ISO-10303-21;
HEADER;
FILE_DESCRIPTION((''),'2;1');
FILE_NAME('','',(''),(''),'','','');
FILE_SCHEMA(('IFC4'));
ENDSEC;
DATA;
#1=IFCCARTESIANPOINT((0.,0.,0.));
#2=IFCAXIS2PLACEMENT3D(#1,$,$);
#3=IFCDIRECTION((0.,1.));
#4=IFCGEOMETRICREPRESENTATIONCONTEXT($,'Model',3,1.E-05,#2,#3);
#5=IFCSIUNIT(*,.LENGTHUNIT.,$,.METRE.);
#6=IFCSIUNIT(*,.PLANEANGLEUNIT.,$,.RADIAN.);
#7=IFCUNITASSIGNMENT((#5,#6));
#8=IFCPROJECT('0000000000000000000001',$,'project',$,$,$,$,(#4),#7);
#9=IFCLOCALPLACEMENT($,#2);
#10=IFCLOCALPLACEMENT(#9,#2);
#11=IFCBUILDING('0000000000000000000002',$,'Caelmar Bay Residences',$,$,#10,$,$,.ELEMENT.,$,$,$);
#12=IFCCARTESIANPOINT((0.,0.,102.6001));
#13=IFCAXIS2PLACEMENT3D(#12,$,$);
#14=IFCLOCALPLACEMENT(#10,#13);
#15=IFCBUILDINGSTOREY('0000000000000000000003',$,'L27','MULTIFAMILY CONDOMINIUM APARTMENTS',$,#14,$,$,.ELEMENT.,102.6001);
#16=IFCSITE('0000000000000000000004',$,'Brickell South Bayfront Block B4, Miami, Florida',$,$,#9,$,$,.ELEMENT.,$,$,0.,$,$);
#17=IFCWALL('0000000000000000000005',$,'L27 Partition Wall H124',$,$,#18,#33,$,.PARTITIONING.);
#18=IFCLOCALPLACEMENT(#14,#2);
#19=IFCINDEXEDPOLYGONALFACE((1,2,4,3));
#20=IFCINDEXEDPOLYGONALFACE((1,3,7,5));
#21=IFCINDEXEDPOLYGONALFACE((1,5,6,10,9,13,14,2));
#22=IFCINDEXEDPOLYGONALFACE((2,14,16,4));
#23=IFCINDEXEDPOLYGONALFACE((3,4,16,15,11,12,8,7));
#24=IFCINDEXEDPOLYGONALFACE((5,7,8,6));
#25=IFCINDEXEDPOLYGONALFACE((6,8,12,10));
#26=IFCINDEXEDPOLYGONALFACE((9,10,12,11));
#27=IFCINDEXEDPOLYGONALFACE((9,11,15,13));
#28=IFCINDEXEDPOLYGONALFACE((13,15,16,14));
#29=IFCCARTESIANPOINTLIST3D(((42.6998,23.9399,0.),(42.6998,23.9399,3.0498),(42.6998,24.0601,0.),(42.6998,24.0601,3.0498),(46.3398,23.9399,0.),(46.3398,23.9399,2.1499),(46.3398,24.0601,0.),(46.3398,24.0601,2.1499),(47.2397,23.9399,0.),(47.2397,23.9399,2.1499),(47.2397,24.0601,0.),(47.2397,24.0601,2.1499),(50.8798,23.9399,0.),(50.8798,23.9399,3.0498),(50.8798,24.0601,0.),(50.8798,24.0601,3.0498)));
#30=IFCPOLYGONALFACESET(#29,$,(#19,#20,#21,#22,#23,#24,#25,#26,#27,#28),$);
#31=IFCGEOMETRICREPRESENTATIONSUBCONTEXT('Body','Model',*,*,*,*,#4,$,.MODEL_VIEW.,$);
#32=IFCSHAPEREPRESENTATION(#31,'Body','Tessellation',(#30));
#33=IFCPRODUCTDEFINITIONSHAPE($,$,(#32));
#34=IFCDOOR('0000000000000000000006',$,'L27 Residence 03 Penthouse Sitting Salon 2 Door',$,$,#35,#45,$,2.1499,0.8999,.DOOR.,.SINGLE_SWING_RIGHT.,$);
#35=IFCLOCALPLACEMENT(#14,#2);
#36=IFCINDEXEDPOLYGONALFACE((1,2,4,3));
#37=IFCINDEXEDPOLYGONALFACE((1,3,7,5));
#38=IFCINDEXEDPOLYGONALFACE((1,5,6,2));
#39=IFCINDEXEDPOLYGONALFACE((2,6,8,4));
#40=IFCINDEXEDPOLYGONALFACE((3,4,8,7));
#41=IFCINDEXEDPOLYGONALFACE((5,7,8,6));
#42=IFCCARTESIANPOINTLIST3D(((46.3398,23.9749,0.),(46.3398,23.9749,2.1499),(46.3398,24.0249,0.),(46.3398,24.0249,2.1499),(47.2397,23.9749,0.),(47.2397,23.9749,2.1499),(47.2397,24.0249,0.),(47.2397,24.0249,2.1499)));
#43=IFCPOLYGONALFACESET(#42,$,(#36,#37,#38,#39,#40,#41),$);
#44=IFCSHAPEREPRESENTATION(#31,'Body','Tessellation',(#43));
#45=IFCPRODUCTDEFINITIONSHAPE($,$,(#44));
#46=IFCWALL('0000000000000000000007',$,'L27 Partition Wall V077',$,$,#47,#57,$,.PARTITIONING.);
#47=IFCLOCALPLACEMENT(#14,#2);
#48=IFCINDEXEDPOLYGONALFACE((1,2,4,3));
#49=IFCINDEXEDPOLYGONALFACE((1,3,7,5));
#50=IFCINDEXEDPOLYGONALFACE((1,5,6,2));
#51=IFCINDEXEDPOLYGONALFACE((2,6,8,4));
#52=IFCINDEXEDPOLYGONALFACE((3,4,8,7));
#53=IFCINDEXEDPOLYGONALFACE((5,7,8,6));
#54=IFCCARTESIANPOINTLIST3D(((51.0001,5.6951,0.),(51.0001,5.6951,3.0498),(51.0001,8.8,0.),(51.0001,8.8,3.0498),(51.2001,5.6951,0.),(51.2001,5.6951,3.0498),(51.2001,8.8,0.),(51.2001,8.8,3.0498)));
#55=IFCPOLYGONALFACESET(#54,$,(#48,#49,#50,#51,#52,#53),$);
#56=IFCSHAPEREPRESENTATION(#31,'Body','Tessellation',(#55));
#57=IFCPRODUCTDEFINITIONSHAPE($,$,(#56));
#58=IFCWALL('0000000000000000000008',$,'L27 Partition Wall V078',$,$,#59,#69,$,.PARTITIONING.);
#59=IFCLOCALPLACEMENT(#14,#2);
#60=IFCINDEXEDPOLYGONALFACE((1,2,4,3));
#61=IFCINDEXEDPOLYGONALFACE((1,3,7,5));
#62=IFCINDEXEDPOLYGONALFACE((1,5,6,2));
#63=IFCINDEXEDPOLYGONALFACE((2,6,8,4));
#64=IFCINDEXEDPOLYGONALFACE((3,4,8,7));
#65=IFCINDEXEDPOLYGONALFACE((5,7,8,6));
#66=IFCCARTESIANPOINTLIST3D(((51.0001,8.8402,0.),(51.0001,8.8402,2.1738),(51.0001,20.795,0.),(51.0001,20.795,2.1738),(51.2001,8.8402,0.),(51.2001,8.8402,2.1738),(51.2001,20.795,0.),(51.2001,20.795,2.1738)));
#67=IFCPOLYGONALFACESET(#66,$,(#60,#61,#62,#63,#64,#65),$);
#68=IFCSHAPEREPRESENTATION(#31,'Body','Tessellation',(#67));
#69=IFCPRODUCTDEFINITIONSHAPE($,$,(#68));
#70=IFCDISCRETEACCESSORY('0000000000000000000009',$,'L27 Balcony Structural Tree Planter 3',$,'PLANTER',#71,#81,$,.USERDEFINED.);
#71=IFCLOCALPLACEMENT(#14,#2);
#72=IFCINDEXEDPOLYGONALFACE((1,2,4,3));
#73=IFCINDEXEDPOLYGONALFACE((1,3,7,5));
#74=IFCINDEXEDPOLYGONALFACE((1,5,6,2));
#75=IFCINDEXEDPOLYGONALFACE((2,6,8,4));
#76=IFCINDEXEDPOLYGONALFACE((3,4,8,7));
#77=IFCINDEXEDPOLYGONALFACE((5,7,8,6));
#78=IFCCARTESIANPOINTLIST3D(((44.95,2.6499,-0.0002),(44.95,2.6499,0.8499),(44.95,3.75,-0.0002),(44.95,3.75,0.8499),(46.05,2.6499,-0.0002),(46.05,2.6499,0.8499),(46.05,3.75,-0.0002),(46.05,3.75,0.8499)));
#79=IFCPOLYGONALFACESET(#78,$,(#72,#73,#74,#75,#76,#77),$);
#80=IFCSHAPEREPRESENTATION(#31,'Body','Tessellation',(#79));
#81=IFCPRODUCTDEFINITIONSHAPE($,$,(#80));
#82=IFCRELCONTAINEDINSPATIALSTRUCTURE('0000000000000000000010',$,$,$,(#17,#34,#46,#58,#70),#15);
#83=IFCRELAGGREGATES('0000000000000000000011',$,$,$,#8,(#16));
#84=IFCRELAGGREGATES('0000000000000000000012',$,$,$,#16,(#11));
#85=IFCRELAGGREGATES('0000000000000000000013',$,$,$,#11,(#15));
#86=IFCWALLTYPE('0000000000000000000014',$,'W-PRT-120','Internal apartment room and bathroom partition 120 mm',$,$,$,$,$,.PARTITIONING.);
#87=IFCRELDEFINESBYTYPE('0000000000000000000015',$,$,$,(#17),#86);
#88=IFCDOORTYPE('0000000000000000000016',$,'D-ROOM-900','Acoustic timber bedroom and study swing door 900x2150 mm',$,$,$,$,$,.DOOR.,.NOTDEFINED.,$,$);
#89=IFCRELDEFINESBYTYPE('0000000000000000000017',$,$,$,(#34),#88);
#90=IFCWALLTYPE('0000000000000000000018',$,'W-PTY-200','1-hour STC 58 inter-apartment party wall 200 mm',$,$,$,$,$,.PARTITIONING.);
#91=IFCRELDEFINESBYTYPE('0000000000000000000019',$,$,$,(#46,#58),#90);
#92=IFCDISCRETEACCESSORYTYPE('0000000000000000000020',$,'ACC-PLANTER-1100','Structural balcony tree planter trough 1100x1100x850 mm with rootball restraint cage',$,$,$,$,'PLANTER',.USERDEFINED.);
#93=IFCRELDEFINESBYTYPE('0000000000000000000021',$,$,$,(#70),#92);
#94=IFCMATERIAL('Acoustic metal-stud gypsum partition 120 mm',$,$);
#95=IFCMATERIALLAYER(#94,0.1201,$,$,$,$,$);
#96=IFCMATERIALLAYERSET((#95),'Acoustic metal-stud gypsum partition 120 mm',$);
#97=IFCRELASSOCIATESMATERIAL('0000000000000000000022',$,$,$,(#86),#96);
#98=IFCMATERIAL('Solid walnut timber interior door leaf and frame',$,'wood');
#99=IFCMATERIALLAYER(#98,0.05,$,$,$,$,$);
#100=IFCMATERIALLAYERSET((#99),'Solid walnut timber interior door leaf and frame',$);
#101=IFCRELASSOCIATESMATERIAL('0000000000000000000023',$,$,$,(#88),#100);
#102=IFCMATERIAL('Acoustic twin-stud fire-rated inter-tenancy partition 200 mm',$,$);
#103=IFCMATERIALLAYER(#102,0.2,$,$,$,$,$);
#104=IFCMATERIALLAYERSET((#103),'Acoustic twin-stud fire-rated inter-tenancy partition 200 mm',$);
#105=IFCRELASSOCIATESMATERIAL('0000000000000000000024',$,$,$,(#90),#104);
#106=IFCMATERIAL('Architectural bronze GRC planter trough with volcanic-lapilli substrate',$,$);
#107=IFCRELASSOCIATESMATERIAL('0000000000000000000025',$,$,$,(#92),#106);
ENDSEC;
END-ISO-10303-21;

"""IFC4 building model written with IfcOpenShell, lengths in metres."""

from ifc_helpers import new_model, si_unit, direction, frame, frame_2d, origin, origin_2d, place, context, subcontext, project, spatial, rectangle, extrude, material, layer, layer_set, type_object, element, fill, save


model = new_model("IFC4")

# Units and contexts
model_context = context("Model", 3, precision=1e-05, world=origin(), true_north=direction((0.0, 1.0)))
body_context = subcontext(model_context, "Body", "Model", "MODEL_VIEW")
ifc_project = project(units=[si_unit("LENGTHUNIT", "METRE"), si_unit("PLANEANGLEUNIT", "RADIAN")], contexts=[model_context])

# Site, building, storey
site_placement = place(None, origin())
site = spatial("IfcSite", under=ifc_project, at=site_placement, Name="Brickell South Bayfront Block B4, Miami, Florida", CompositionType="ELEMENT", RefElevation=0.0)
building_placement = place(site_placement, origin())
building = spatial("IfcBuilding", under=site, at=building_placement, Name="Caelmar Bay Residences", CompositionType="ELEMENT")
storey_placement = place(building_placement, frame((0.0, 0.0, 102.6001)))
storey = spatial("IfcBuildingStorey", under=building, at=storey_placement, Name="L27", Description="MULTIFAMILY CONDOMINIUM APARTMENTS", CompositionType="ELEMENT", Elevation=102.6001)

# Shared definitions
ifc_material_1 = material(Name="Acoustic metal-stud gypsum partition 120 mm")
ifc_layer_1 = layer(ifc_material_1, 0.1201)
ifc_layer_set_1 = layer_set([ifc_layer_1], Name="Acoustic metal-stud gypsum partition 120 mm")
wall_type_1 = type_object("IfcWallType", Name="W-PRT-120", Description="Internal apartment room and bathroom partition 120 mm", PredefinedType="PARTITIONING", material=ifc_layer_set_1)

# Shared definitions
ifc_material_2 = material(Name="Solid walnut timber interior door leaf and frame", Category="wood")
ifc_layer_2 = layer(ifc_material_2, 0.05)
ifc_layer_set_2 = layer_set([ifc_layer_2], Name="Solid walnut timber interior door leaf and frame")
door_type = type_object("IfcDoorType", Name="D-ROOM-900", Description="Acoustic timber bedroom and study swing door 900x2150 mm", OperationType="NOTDEFINED", PredefinedType="DOOR", material=ifc_layer_set_2)

# Wall, opening, door
wall_1_placement = place(storey_placement, frame((42.7, 24.0, 0.0), z_axis=(0.0, 0.0, 1.0), x_axis=(1.0, 0.0, 0.0)))
wall_1 = element("IfcWall", 1, at=wall_1_placement, inside=storey, type_object=wall_type_1, Name="L27 Partition Wall H124", PredefinedType="PARTITIONING", context=body_context, shape_type="SweptSolid", body=[
    extrude(rectangle(XDim=8.1799, YDim=0.1201, at=frame_2d((4.0898, 0.0))), origin(), (0.0, 0.0, 1.0), 3.0498),
])
opening_1_placement = place(wall_1_placement, frame((3.6399, 0.0, 0.0)))
opening_1 = element("IfcOpeningElement", 2, at=opening_1_placement, cuts=wall_1, PredefinedType="OPENING", context=body_context, shape_type="SweptSolid", body=[
    extrude(rectangle(XDim=0.8999, YDim=2.1499, at=frame_2d((0.45, 1.075))), frame((0.0, 0.0701, 0.0), z_axis=(0.0, -1.0, 0.0), x_axis=(1.0, 0.0, 0.0)), (0.0, 0.0, 1.0), 0.1401),
])
door_1_placement = place(opening_1_placement, origin())
door_1 = element("IfcDoor", 3, at=door_1_placement, inside=storey, type_object=door_type, Name="L27 Residence 03 Penthouse Sitting Salon 2 Door", OperationType="SINGLE_SWING_RIGHT", OverallHeight=2.1499, OverallWidth=0.8999, PredefinedType="DOOR", context=body_context, shape_type="SweptSolid", body=[
    extrude(rectangle(XDim=0.8999, YDim=2.1499, at=frame_2d((0.45, 1.075))), frame((0.0, 0.0249, 0.0), z_axis=(0.0, -1.0, 0.0), x_axis=(1.0, 0.0, 0.0)), (0.0, 0.0, 1.0), 0.05),
])
fill(opening_1, door_1)

# Walls
ifc_material_3 = material(Name="Acoustic twin-stud fire-rated inter-tenancy partition 200 mm")
ifc_layer_3 = layer(ifc_material_3, 0.2)
ifc_layer_set_3 = layer_set([ifc_layer_3], Name="Acoustic twin-stud fire-rated inter-tenancy partition 200 mm")
wall_type_2 = type_object("IfcWallType", Name="W-PTY-200", Description="1-hour STC 58 inter-apartment party wall 200 mm", PredefinedType="PARTITIONING", material=ifc_layer_set_3)
wall_2_placement = place(storey_placement, frame((51.1001, 5.6951, 0.0), z_axis=(0.0, 0.0, 1.0), x_axis=(0.0, 1.0, 0.0)))
element("IfcWall", 4, at=wall_2_placement, inside=storey, type_object=wall_type_2, Name="L27 Partition Wall V077", PredefinedType="PARTITIONING", context=body_context, shape_type="SweptSolid", body=[
    extrude(rectangle(XDim=3.105, YDim=0.2, at=frame_2d((1.5525, 0.0))), origin(), (0.0, 0.0, 1.0), 3.0498),
])
wall_3_placement = place(storey_placement, frame((51.1001, 8.8401, 0.0), z_axis=(0.0, 0.0, 1.0), x_axis=(0.0, 1.0, 0.0)))
element("IfcWall", 5, at=wall_3_placement, inside=storey, type_object=wall_type_2, Name="L27 Partition Wall V078", PredefinedType="PARTITIONING", context=body_context, shape_type="SweptSolid", body=[
    extrude(rectangle(XDim=11.9548, YDim=0.2, at=frame_2d((5.9775, 0.0))), origin(), (0.0, 0.0, 1.0), 2.1738),
])

# Discrete accessory
ifc_material_4 = material(Name="Architectural bronze GRC planter trough with volcanic-lapilli substrate")
discrete_accessory_type = type_object("IfcDiscreteAccessoryType", Name="ACC-PLANTER-1100", Description="Structural balcony tree planter trough 1100x1100x850 mm with rootball restraint cage", ElementType="PLANTER", PredefinedType="USERDEFINED", material=ifc_material_4)
discrete_accessory_placement = place(storey_placement, frame((45.5, 3.2, -0.0002), z_axis=(0.0, 0.0, 1.0), x_axis=(1.0, 0.0, 0.0)))
element("IfcDiscreteAccessory", 6, at=discrete_accessory_placement, inside=storey, type_object=discrete_accessory_type, Name="L27 Balcony Structural Tree Planter 3", ObjectType="PLANTER", PredefinedType="USERDEFINED", context=body_context, shape_type="SweptSolid", body=[
    extrude(rectangle(XDim=1.1001, YDim=1.1001, at=origin_2d()), origin(), (0.0, 0.0, 1.0), 0.8501),
])

save(model, "model.ifc")
